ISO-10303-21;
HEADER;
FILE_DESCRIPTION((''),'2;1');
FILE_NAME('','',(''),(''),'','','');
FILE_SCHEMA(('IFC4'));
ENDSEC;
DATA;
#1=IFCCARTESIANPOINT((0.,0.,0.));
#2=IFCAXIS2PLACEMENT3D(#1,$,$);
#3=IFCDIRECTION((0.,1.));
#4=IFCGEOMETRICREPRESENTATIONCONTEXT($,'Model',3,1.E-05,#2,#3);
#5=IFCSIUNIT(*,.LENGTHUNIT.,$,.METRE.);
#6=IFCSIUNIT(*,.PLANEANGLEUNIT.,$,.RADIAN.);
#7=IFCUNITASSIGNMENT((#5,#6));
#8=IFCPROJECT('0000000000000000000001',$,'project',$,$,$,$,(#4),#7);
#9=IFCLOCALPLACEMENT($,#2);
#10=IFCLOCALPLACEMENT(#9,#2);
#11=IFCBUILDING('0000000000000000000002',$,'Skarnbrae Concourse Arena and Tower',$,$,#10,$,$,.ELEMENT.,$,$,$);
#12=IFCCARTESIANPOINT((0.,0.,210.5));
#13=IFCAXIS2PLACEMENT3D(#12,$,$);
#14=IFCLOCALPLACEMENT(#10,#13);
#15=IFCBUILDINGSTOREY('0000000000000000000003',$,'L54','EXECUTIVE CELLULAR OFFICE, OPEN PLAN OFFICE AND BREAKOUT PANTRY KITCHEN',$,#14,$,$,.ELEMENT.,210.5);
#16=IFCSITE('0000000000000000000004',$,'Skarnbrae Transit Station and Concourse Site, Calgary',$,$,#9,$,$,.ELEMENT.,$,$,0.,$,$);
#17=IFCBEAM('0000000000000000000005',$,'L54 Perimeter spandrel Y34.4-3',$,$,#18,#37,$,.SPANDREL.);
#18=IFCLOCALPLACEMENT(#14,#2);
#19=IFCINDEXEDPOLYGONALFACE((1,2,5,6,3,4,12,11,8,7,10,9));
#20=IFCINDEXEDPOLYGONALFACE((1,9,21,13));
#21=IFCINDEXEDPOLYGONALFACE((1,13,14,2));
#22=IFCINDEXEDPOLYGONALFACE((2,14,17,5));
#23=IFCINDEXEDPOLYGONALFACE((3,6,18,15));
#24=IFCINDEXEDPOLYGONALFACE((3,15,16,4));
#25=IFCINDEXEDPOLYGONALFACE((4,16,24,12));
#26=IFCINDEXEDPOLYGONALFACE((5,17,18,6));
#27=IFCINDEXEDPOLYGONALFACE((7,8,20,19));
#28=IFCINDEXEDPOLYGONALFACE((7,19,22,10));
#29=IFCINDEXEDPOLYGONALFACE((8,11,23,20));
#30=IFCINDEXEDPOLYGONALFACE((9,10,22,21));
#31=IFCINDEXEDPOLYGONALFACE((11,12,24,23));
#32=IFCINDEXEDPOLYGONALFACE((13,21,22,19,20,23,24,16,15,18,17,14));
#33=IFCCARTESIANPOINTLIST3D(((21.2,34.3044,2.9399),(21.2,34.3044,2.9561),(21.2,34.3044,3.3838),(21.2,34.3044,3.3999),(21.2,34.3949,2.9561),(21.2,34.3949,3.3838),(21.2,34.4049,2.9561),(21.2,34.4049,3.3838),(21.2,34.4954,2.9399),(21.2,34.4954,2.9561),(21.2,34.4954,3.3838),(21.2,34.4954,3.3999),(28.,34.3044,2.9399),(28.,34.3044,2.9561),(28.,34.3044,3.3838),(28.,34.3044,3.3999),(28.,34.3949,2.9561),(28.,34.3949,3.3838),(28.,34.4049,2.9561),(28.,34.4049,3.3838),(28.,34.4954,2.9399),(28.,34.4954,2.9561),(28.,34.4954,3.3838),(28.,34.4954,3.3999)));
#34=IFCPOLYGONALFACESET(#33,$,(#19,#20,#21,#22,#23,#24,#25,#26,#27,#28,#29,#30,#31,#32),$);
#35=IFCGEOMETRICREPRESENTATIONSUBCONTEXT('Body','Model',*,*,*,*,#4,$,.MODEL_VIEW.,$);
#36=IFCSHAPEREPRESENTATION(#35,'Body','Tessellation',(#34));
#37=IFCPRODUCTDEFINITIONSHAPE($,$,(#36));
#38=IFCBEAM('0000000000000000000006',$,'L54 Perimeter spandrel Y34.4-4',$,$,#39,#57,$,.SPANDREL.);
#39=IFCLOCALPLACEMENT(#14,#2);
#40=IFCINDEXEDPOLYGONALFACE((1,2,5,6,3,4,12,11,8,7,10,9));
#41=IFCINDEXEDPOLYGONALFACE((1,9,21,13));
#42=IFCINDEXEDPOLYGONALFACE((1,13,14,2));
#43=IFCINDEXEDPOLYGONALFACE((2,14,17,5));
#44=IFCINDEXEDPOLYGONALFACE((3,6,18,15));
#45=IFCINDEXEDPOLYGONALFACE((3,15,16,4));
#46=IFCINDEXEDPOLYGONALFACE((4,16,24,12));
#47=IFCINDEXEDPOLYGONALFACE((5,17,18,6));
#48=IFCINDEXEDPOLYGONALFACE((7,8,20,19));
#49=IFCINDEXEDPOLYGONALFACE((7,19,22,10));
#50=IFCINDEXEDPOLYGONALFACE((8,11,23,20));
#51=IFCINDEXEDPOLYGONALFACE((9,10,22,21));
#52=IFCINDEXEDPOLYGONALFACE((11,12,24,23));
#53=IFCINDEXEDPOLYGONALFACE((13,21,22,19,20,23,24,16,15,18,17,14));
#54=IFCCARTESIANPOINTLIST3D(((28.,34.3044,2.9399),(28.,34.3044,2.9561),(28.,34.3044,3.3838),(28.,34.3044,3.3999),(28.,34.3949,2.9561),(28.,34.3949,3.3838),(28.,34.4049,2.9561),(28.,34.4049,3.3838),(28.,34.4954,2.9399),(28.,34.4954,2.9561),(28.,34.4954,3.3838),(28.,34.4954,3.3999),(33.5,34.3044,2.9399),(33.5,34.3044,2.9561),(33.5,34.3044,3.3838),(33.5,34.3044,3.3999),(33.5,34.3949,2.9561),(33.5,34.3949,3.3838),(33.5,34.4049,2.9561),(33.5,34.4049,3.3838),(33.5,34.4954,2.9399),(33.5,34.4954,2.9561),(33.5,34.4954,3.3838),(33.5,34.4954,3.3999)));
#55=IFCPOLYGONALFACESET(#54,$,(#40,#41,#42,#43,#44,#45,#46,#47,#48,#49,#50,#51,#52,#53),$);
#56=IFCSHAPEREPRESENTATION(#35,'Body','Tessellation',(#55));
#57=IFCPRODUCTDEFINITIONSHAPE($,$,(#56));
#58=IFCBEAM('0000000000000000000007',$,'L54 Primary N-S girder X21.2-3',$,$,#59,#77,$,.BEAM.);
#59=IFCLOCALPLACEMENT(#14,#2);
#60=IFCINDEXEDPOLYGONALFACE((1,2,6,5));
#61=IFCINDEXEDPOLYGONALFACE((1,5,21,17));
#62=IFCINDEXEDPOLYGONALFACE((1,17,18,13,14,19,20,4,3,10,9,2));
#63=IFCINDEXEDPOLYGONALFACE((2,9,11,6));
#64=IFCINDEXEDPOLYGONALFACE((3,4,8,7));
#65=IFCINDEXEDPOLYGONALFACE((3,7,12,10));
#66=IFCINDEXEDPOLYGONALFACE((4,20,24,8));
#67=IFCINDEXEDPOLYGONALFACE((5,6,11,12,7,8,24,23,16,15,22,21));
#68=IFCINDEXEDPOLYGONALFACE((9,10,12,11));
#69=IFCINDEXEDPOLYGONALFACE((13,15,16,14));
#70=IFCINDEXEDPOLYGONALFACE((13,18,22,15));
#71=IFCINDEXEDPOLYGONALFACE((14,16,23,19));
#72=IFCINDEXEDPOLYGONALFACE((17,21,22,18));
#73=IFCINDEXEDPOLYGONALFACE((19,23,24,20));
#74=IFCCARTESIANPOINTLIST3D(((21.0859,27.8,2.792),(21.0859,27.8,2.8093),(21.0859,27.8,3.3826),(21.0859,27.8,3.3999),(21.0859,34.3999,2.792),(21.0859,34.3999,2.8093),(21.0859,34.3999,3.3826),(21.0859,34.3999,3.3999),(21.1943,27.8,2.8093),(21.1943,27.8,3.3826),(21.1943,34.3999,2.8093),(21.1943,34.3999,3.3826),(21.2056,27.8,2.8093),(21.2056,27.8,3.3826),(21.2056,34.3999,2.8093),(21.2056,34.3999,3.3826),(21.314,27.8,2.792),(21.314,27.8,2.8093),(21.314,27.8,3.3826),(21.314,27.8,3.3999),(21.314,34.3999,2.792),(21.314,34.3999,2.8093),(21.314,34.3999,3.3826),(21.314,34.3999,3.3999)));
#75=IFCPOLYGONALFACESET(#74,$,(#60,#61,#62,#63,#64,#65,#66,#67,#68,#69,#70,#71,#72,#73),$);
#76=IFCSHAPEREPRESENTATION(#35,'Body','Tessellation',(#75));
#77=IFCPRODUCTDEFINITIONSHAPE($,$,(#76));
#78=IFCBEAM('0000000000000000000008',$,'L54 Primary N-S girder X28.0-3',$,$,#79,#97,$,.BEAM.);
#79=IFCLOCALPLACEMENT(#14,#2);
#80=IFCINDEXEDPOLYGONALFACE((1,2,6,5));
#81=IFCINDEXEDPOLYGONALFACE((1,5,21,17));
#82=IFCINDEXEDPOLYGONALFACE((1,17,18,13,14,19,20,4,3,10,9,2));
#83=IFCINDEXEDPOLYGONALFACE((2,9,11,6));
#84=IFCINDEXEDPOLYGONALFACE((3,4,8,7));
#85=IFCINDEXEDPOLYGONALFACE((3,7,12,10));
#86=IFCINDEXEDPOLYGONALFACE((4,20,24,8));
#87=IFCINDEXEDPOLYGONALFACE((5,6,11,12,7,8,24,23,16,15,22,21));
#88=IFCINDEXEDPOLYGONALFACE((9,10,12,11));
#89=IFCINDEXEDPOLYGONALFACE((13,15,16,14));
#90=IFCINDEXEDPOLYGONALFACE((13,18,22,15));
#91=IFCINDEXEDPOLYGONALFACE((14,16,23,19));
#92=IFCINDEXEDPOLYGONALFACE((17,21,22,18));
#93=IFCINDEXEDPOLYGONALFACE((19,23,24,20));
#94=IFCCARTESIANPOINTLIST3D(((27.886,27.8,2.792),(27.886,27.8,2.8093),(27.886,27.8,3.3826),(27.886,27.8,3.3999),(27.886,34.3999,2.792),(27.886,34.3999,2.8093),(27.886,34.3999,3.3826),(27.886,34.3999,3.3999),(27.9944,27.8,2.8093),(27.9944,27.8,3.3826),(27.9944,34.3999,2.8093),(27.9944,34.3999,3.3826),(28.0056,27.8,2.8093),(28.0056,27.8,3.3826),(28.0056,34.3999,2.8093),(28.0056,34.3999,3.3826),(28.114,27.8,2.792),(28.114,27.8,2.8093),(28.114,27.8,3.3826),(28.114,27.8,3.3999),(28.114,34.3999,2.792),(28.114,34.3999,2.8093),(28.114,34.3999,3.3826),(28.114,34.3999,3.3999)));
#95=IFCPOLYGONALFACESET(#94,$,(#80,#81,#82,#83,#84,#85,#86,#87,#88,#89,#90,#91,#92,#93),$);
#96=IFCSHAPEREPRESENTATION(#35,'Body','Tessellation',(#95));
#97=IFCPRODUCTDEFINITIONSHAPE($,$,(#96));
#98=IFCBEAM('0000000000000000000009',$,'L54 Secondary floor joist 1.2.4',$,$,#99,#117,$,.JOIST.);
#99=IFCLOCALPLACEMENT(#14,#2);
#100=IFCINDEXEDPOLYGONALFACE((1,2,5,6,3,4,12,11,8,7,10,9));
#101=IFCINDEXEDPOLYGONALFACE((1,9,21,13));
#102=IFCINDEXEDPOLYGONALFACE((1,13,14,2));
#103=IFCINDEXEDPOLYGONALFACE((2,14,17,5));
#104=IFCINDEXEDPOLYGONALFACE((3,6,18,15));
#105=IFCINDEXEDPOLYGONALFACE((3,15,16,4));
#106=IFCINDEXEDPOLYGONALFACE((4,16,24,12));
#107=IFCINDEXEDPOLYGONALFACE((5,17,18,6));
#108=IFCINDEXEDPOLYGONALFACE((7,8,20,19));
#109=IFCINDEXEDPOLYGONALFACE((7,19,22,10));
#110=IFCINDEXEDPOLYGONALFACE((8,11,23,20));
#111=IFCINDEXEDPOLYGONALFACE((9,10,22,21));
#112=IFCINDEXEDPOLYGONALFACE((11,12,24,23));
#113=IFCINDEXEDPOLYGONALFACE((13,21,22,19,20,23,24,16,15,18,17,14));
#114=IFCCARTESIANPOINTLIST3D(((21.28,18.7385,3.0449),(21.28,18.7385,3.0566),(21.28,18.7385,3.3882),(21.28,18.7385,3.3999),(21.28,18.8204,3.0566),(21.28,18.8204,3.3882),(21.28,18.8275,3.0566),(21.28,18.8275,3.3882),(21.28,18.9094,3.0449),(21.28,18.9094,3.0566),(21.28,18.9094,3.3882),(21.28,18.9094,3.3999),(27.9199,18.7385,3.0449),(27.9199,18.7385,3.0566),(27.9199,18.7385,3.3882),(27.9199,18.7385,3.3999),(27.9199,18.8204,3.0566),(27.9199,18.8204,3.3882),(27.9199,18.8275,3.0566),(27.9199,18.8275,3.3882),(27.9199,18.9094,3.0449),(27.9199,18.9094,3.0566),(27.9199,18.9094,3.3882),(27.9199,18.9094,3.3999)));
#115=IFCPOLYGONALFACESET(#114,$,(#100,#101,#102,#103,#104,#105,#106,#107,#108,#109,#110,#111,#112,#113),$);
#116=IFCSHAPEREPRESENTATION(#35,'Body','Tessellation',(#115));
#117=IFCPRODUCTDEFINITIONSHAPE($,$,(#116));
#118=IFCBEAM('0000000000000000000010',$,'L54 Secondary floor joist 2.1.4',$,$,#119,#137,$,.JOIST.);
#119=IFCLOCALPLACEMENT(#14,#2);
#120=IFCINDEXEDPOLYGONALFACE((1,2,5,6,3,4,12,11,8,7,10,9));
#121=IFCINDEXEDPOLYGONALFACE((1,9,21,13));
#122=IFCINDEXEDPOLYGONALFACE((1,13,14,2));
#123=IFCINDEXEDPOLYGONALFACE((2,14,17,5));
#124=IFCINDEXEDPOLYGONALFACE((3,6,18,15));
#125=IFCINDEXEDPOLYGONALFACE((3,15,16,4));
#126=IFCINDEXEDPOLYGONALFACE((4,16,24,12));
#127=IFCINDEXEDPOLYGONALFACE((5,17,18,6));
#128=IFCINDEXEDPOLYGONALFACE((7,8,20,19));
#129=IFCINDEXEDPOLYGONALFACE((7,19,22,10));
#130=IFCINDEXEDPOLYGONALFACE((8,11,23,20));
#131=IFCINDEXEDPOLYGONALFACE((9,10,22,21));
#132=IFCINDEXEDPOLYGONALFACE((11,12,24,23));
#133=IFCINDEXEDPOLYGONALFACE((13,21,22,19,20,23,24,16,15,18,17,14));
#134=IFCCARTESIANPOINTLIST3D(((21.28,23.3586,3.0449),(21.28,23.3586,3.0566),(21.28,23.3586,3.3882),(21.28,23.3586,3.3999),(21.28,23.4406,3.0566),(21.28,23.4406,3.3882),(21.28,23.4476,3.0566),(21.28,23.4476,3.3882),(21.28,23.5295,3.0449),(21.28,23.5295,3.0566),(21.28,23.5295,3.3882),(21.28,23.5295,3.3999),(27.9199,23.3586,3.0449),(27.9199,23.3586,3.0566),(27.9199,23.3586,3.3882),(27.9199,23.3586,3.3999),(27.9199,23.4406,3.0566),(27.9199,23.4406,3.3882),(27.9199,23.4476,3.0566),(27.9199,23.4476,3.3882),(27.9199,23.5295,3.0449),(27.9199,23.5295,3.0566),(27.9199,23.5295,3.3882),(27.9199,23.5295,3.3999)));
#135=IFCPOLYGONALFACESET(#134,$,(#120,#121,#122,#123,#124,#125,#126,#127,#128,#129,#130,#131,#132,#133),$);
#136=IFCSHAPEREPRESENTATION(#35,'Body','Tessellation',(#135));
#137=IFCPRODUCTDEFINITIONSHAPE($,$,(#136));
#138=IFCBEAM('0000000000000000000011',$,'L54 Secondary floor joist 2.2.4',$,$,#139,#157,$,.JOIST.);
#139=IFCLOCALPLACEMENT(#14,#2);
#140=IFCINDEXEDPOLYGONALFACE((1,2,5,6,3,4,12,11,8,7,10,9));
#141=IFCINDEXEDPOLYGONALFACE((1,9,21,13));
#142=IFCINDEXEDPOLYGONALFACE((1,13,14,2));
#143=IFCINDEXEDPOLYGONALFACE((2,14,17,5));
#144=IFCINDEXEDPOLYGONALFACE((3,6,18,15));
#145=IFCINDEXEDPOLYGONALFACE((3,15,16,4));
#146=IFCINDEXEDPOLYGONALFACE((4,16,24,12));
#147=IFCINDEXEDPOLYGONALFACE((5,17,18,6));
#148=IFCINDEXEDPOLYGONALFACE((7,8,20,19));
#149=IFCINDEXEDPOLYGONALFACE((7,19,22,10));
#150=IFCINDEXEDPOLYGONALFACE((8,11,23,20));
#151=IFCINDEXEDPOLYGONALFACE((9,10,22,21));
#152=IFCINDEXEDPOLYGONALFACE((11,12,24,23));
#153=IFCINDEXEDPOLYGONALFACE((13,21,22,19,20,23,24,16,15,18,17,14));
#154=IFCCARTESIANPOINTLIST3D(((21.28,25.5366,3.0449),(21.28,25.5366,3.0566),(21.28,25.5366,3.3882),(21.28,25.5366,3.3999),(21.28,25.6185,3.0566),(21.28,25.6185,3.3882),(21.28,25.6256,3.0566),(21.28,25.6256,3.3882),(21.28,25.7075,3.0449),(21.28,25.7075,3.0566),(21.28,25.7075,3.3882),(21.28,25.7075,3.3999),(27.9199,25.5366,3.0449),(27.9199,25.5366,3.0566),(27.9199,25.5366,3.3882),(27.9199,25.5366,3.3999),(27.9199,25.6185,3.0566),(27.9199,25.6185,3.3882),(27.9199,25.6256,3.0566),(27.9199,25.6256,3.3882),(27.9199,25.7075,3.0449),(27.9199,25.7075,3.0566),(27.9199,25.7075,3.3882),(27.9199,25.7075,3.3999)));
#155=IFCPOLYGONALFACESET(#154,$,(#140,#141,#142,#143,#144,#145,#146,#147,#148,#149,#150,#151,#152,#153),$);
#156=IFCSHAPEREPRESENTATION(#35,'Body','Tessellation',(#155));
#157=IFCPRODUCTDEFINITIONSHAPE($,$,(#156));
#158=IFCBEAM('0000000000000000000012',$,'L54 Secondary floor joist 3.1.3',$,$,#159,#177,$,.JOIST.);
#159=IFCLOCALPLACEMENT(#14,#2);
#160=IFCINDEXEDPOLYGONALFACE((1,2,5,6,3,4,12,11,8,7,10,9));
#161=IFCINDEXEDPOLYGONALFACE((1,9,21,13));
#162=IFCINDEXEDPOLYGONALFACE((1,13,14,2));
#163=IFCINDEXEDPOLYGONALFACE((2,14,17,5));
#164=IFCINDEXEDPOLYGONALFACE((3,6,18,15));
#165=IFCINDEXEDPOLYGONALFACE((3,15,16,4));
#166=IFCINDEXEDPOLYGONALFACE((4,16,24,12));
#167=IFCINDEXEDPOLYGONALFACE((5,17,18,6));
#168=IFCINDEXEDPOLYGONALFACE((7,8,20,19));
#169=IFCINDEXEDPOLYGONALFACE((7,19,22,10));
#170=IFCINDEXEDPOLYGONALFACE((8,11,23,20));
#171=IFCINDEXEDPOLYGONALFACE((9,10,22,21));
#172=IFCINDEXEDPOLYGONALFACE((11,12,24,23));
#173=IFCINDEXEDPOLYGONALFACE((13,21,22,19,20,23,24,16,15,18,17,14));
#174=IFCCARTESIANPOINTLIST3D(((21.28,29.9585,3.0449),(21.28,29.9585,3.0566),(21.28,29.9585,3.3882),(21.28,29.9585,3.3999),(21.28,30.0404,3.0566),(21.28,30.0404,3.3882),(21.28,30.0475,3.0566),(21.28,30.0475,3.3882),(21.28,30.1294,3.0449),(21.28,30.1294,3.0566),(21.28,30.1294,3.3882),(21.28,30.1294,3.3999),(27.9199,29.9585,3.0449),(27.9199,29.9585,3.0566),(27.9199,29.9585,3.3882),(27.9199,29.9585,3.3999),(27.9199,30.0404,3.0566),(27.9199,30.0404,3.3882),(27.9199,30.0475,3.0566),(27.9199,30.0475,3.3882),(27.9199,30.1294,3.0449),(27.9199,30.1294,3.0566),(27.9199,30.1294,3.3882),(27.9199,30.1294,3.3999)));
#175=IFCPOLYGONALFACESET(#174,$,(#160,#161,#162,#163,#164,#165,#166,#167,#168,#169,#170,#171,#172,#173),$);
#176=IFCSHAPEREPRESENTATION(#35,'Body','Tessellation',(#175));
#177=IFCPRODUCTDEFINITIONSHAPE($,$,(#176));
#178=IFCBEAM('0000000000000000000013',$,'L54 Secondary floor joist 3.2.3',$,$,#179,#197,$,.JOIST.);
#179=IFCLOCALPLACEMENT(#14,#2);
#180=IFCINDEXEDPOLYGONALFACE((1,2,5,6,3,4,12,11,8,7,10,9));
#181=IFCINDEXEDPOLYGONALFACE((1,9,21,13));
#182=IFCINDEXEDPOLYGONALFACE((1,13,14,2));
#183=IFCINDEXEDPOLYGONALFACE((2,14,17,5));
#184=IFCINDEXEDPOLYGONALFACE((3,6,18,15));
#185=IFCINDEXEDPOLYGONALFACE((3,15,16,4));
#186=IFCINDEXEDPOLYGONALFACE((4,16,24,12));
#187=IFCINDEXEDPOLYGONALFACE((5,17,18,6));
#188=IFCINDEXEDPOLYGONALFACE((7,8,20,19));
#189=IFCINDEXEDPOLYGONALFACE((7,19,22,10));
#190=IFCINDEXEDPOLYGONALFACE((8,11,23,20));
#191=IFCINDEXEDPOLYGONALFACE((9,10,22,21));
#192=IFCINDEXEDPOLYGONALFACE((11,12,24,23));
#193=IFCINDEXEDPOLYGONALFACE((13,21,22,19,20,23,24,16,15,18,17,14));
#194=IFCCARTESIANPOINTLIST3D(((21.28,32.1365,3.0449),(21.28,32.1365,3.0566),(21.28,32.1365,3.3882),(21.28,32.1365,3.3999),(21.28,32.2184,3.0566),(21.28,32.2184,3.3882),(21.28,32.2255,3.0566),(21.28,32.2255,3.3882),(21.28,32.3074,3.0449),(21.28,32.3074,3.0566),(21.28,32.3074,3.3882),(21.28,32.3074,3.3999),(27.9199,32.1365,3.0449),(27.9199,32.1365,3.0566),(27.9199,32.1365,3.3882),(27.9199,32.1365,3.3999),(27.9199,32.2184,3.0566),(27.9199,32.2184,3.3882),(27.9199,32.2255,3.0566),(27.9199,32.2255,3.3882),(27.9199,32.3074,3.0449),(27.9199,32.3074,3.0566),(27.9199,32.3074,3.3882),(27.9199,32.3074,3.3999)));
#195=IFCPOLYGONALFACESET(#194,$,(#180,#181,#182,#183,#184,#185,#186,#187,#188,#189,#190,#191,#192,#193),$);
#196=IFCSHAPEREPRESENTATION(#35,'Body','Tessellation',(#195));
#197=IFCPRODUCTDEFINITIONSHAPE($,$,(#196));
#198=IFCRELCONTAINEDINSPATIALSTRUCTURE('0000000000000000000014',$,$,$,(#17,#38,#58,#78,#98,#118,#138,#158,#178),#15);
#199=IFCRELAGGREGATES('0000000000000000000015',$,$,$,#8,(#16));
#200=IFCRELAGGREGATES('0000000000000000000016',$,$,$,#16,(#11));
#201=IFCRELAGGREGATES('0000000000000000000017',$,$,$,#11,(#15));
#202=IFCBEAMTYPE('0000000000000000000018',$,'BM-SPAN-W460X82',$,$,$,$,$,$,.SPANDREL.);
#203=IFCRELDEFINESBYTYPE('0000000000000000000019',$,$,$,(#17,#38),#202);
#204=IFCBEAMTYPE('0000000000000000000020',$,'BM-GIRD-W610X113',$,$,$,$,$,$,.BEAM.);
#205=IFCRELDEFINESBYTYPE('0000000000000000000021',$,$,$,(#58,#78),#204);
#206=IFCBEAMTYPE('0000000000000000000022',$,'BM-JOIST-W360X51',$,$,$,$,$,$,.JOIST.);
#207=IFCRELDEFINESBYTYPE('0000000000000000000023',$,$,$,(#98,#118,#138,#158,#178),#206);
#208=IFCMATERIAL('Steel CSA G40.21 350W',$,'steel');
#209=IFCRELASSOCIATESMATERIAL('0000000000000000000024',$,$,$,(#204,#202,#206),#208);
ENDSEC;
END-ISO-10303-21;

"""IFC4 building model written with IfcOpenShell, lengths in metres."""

from ifc_helpers import new_model, si_unit, direction, frame, origin, origin_2d, place, context, subcontext, project, spatial, i_section, extrude, source, transform, mapped, material, material_profile, profile_set, type_object, element, save


model = new_model("IFC4")

# Units and contexts
model_context = context("Model", 3, precision=1e-05, world=origin(), true_north=direction((0.0, 1.0)))
body_context = subcontext(model_context, "Body", "Model", "MODEL_VIEW")
ifc_project = project(units=[si_unit("LENGTHUNIT", "METRE"), si_unit("PLANEANGLEUNIT", "RADIAN")], contexts=[model_context])

# Site, building, storey
site_placement = place(None, origin())
site = spatial("IfcSite", under=ifc_project, at=site_placement, Name="Skarnbrae Transit Station and Concourse Site, Calgary", CompositionType="ELEMENT", RefElevation=0.0)
building_placement = place(site_placement, origin())
building = spatial("IfcBuilding", under=site, at=building_placement, Name="Skarnbrae Concourse Arena and Tower", CompositionType="ELEMENT")
storey_placement = place(building_placement, frame((0.0, 0.0, 210.5)))
storey = spatial("IfcBuildingStorey", under=building, at=storey_placement, Name="L54", Description="EXECUTIVE CELLULAR OFFICE, OPEN PLAN OFFICE AND BREAKOUT PANTRY KITCHEN", CompositionType="ELEMENT", Elevation=210.5)

# Shared definitions
ifc_material_1 = material(Name="Steel CSA G40.21 350W", Category="steel")

# Beams
ifc_material_profile_1 = material_profile(ifc_material_1, i_section(OverallWidth=0.228, OverallDepth=0.6079, WebThickness=0.0112, FlangeThickness=0.0173, at=origin_2d()), Name="W610X113")
ifc_profile_set_1 = profile_set([ifc_material_profile_1], Name="Steel CSA G40.21 350W")
beam_type_1 = type_object("IfcBeamType", Name="BM-GIRD-W610X113", PredefinedType="BEAM", material=ifc_profile_set_1)
ifc_material_profile_2 = material_profile(ifc_material_1, i_section(OverallWidth=0.1909, OverallDepth=0.46, WebThickness=0.01, FlangeThickness=0.0161, at=origin_2d()), Name="W460X82")
ifc_profile_set_2 = profile_set([ifc_material_profile_2], Name="Steel CSA G40.21 350W")
beam_type_2 = type_object("IfcBeamType", Name="BM-SPAN-W460X82", PredefinedType="SPANDREL", material=ifc_profile_set_2)
shared_shape_1 = source(origin(), body_context, "Body", "SweptSolid", [
    extrude(i_section(OverallWidth=0.1909, OverallDepth=0.46, WebThickness=0.01, FlangeThickness=0.0161, at=origin_2d()), origin(), (0.0, 0.0, 1.0), 6.8),
])
beam_1_placement = place(storey_placement, frame((21.2, 34.3999, 3.1699), z_axis=(1.0, 0.0, 0.0), x_axis=(0.0, 1.0, 0.0)))
element("IfcBeam", 1, at=beam_1_placement, inside=storey, type_object=beam_type_2, Name="L54 Perimeter spandrel Y34.4-3", PredefinedType="SPANDREL", context=body_context, shape_type="MappedRepresentation", body=[
    mapped(shared_shape_1, transform((0.0, 0.0, 0.0))),
])
shared_shape_2 = source(origin(), body_context, "Body", "SweptSolid", [
    extrude(i_section(OverallWidth=0.1909, OverallDepth=0.46, WebThickness=0.01, FlangeThickness=0.0161, at=origin_2d()), origin(), (0.0, 0.0, 1.0), 5.5),
])
beam_2_placement = place(storey_placement, frame((28.0, 34.3999, 3.1699), z_axis=(1.0, 0.0, 0.0), x_axis=(0.0, 1.0, 0.0)))
element("IfcBeam", 2, at=beam_2_placement, inside=storey, type_object=beam_type_2, Name="L54 Perimeter spandrel Y34.4-4", PredefinedType="SPANDREL", context=body_context, shape_type="MappedRepresentation", body=[
    mapped(shared_shape_2, transform((0.0, 0.0, 0.0))),
])
shared_shape_3 = source(origin(), body_context, "Body", "SweptSolid", [
    extrude(i_section(OverallWidth=0.228, OverallDepth=0.6079, WebThickness=0.0112, FlangeThickness=0.0173, at=origin_2d()), origin(), (0.0, 0.0, 1.0), 6.5999),
])
for number, where, z_axis, x_axis, name in (
    (3, (21.2, 27.8, 3.0959), (0.0, 1.0, 0.0), (-1.0, 0.0, 0.0), "L54 Primary N-S girder X21.2-3"),
    (4, (28.0, 27.8, 3.0959), (0.0, 1.0, 0.0), (-1.0, 0.0, 0.0), "L54 Primary N-S girder X28.0-3"),
):
    element("IfcBeam", number, at=place(storey_placement, frame(where, z_axis=z_axis, x_axis=x_axis)), inside=storey, type_object=beam_type_1, Name=name, PredefinedType="BEAM", context=body_context, shape_type="MappedRepresentation", body=[
        mapped(shared_shape_3, transform((0.0, 0.0, 0.0))),
    ])
ifc_material_profile_3 = material_profile(ifc_material_1, i_section(OverallWidth=0.1709, OverallDepth=0.355, WebThickness=0.0071, FlangeThickness=0.0117, at=origin_2d()), Name="W360X51")
ifc_profile_set_3 = profile_set([ifc_material_profile_3], Name="Steel CSA G40.21 350W")
beam_type_3 = type_object("IfcBeamType", Name="BM-JOIST-W360X51", PredefinedType="JOIST", material=ifc_profile_set_3)
shared_shape_4 = source(origin(), body_context, "Body", "SweptSolid", [
    extrude(i_section(OverallWidth=0.1709, OverallDepth=0.355, WebThickness=0.0071, FlangeThickness=0.0117, at=origin_2d()), origin(), (0.0, 0.0, 1.0), 6.6399),
])
for number, where, z_axis, x_axis, name in (
    (5, (21.28, 18.824, 3.2224), (1.0, 0.0, 0.0), (0.0, 1.0, 0.0), "L54 Secondary floor joist 1.2.4"),
    (6, (21.28, 23.4441, 3.2224), (1.0, 0.0, 0.0), (0.0, 1.0, 0.0), "L54 Secondary floor joist 2.1.4"),
    (7, (21.28, 25.6221, 3.2224), (1.0, 0.0, 0.0), (0.0, 1.0, 0.0), "L54 Secondary floor joist 2.2.4"),
    (8, (21.28, 30.0439, 3.2224), (1.0, 0.0, 0.0), (0.0, 1.0, 0.0), "L54 Secondary floor joist 3.1.3"),
    (9, (21.28, 32.2219, 3.2224), (1.0, 0.0, 0.0), (0.0, 1.0, 0.0), "L54 Secondary floor joist 3.2.3"),
):
    element("IfcBeam", number, at=place(storey_placement, frame(where, z_axis=z_axis, x_axis=x_axis)), inside=storey, type_object=beam_type_3, Name=name, PredefinedType="JOIST", context=body_context, shape_type="MappedRepresentation", body=[
        mapped(shared_shape_4, transform((0.0, 0.0, 0.0))),
    ])

save(model, "model.ifc")
